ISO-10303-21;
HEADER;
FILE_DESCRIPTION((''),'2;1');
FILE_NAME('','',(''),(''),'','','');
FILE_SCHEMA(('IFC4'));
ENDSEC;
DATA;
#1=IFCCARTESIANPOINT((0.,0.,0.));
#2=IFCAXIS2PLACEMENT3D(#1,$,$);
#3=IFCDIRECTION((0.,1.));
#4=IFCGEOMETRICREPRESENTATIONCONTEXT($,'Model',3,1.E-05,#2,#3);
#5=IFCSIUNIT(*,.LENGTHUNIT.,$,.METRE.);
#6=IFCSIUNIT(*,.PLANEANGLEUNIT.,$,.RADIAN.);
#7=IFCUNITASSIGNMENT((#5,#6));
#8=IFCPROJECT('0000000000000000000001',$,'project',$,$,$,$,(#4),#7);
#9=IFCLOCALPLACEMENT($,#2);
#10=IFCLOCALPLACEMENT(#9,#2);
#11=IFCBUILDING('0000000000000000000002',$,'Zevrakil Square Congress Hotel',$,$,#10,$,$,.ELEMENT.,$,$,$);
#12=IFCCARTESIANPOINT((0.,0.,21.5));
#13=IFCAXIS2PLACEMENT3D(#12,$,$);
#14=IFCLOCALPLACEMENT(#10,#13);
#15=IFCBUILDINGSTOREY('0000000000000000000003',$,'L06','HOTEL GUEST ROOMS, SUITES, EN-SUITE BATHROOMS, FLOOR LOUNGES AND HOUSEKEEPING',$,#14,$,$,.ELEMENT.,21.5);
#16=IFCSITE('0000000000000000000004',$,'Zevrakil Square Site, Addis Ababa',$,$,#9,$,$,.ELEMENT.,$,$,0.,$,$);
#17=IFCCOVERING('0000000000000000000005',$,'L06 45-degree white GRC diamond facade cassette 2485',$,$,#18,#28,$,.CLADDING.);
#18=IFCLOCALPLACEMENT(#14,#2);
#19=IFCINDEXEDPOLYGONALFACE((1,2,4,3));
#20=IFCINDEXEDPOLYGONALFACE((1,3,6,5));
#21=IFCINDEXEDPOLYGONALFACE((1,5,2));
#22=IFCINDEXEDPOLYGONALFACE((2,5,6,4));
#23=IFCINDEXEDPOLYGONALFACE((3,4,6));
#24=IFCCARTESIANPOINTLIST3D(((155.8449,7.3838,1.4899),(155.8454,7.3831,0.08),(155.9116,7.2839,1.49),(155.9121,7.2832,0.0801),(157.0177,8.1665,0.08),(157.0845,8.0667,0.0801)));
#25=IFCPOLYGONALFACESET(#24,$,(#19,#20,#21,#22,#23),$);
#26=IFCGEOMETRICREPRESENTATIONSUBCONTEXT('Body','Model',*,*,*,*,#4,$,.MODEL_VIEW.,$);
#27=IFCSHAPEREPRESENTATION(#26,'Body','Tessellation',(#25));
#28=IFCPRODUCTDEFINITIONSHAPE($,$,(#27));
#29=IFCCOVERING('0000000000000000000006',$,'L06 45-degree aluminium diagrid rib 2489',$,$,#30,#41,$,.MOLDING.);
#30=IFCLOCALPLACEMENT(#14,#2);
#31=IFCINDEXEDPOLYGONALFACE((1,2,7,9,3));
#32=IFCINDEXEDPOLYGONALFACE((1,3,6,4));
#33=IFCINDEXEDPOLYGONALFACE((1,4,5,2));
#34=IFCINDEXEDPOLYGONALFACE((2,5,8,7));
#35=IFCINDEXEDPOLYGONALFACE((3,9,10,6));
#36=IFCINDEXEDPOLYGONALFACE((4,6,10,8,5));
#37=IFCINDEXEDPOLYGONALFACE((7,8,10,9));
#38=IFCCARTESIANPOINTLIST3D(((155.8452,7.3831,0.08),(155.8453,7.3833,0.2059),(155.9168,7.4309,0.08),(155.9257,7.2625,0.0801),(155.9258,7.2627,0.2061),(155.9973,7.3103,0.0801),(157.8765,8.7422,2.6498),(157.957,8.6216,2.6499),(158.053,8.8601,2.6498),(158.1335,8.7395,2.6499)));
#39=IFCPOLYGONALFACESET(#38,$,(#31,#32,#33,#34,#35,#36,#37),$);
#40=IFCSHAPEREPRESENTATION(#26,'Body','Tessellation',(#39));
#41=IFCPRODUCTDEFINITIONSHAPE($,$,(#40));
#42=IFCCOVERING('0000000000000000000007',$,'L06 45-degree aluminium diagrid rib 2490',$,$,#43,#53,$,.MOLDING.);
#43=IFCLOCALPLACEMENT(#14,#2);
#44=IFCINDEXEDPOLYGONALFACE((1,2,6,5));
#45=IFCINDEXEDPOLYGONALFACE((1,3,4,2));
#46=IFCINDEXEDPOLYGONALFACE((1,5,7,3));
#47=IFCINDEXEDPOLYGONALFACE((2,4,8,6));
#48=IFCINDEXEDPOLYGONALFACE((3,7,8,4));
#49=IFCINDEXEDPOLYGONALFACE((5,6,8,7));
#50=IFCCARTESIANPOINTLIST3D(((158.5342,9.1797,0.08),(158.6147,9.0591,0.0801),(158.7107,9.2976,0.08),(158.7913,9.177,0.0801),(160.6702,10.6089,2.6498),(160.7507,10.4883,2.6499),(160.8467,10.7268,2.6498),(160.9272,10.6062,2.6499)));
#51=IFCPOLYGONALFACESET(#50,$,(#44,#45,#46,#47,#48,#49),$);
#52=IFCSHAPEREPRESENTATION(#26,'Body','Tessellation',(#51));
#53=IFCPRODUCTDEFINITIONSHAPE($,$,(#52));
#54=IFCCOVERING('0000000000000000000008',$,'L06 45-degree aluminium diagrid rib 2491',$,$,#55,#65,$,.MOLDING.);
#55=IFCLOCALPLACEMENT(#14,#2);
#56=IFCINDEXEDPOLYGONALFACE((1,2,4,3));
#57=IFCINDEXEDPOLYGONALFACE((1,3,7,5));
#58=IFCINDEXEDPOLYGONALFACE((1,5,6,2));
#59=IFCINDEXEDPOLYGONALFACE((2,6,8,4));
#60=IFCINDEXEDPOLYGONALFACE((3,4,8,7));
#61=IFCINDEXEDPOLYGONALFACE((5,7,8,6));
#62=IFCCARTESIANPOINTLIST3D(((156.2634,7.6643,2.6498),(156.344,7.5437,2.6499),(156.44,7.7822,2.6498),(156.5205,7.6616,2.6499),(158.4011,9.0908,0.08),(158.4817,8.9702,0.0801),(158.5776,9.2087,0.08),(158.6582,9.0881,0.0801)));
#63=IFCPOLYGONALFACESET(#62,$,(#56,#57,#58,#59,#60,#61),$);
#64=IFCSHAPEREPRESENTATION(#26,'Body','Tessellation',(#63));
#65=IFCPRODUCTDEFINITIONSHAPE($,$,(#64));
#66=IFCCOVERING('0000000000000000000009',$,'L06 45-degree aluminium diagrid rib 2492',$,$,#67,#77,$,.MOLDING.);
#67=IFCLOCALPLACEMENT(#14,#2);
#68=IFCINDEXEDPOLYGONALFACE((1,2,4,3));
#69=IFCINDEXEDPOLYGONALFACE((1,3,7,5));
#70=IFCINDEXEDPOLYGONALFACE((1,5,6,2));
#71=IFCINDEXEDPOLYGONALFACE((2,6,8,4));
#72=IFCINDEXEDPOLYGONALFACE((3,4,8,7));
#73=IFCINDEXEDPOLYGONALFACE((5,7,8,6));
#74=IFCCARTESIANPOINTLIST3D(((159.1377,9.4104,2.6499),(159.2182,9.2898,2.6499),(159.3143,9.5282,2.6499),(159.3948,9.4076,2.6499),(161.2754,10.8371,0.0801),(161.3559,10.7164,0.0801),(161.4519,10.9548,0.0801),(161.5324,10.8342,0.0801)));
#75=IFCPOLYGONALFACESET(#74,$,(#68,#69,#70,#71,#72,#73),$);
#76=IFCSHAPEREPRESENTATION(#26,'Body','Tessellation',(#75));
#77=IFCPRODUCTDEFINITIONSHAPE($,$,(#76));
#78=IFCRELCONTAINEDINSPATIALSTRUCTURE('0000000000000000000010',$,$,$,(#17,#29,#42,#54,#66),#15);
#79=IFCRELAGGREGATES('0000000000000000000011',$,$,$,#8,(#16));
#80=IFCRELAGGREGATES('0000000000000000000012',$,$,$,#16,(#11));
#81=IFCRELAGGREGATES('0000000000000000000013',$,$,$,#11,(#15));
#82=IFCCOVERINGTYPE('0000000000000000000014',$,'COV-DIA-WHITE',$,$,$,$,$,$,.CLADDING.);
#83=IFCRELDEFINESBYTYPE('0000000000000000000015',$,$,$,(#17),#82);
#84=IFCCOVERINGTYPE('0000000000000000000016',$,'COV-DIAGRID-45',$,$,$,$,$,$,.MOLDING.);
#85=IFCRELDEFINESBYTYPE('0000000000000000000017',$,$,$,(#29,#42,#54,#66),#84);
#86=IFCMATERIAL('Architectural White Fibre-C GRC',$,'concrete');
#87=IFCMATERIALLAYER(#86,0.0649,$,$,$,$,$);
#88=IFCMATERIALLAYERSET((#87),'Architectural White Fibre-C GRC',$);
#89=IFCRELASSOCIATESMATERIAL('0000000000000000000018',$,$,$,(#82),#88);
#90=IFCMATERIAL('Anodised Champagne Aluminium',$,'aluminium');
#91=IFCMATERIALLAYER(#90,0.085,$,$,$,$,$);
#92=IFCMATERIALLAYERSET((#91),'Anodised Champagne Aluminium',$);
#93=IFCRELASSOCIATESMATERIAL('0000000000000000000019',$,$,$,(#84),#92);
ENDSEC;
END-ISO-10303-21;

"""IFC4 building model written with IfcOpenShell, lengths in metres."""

from ifc_helpers import new_model, si_unit, direction, frame, origin, place, context, subcontext, project, spatial, polyline, outline, extrude, material, layer, layer_set, type_object, element, save


model = new_model("IFC4")

# Units and contexts
model_context = context("Model", 3, precision=1e-05, world=origin(), true_north=direction((0.0, 1.0)))
body_context = subcontext(model_context, "Body", "Model", "MODEL_VIEW")
ifc_project = project(units=[si_unit("LENGTHUNIT", "METRE"), si_unit("PLANEANGLEUNIT", "RADIAN")], contexts=[model_context])

# Site, building, storey
site_placement = place(None, origin())
site = spatial("IfcSite", under=ifc_project, at=site_placement, Name="Zevrakil Square Site, Addis Ababa", CompositionType="ELEMENT", RefElevation=0.0)
building_placement = place(site_placement, origin())
building = spatial("IfcBuilding", under=site, at=building_placement, Name="Zevrakil Square Congress Hotel", CompositionType="ELEMENT")
storey_placement = place(building_placement, frame((0.0, 0.0, 21.5)))
storey = spatial("IfcBuildingStorey", under=building, at=storey_placement, Name="L06", Description="HOTEL GUEST ROOMS, SUITES, EN-SUITE BATHROOMS, FLOOR LOUNGES AND HOUSEKEEPING", CompositionType="ELEMENT", Elevation=21.5)

# Coverings
ifc_material_1 = material(Name="Architectural White Fibre-C GRC", Category="concrete")
ifc_layer_1 = layer(ifc_material_1, 0.0649)
ifc_layer_set_1 = layer_set([ifc_layer_1], Name="Architectural White Fibre-C GRC")
covering_type_1 = type_object("IfcCoveringType", Name="COV-DIA-WHITE", PredefinedType="CLADDING", material=ifc_layer_set_1)
covering_1_placement = place(storey_placement, frame((157.0845, 8.0667, 0.0801), z_axis=(0.555619, -0.831437, 0.000624), x_axis=(-0.831437, -0.555619, 0.0)))
element("IfcCovering", 1, at=covering_1_placement, inside=storey, type_object=covering_type_1, Name="L06 45-degree white GRC diamond facade cassette 2485", PredefinedType="CLADDING", context=body_context, shape_type="SweptSolid", body=[
    extrude(outline(polyline([(0.0, 0.0), (1.41, 0.0), (1.41, -1.4099), (0.0, 0.0)])), origin(), (0.0, 0.0, -1.0), 0.1201),
])
ifc_material_2 = material(Name="Anodised Champagne Aluminium", Category="aluminium")
ifc_layer_2 = layer(ifc_material_2, 0.085)
ifc_layer_set_2 = layer_set([ifc_layer_2], Name="Anodised Champagne Aluminium")
covering_type_2 = type_object("IfcCoveringType", Name="COV-DIAGRID-45", PredefinedType="MOLDING", material=ifc_layer_set_2)
covering_2_placement = place(storey_placement, frame((155.9973, 7.3103, 0.0801), z_axis=(0.555372, -0.831601, 0.000828), x_axis=(-0.831602, -0.555373, -0.000001)))
element("IfcCovering", 2, at=covering_2_placement, inside=storey, type_object=covering_type_2, Name="L06 45-degree aluminium diagrid rib 2489", PredefinedType="MOLDING", context=body_context, shape_type="SweptSolid", body=[
    extrude(outline(polyline([(0.0, 0.0), (0.0861, 0.0), (0.0859, -0.126), (-2.358, -2.5698), (-2.5702, -2.5698), (0.0, 0.0)])), origin(), (0.0, 0.0, -1.0), 0.145),
])
covering_3_placement = place(storey_placement, frame((158.7913, 9.177, 0.0801), z_axis=(0.555496, -0.831519, 0.000729), x_axis=(-0.831519, -0.555496, 0.0)))
element("IfcCovering", 3, at=covering_3_placement, inside=storey, type_object=covering_type_2, Name="L06 45-degree aluminium diagrid rib 2490", PredefinedType="MOLDING", context=body_context, shape_type="SweptSolid", body=[
    extrude(outline(polyline([(0.0, 0.0), (0.2123, 0.0), (-2.3577, -2.5698), (-2.57, -2.5698), (0.0, 0.0)])), origin(), (0.0, 0.0, -1.0), 0.145),
])
covering_4_placement = place(storey_placement, frame((156.344, 7.5437, 2.6499), z_axis=(0.555496, -0.831519, 0.000509), x_axis=(0.831519, 0.555496, 0.0)))
element("IfcCovering", 4, at=covering_4_placement, inside=storey, type_object=covering_type_2, Name="L06 45-degree aluminium diagrid rib 2491", PredefinedType="MOLDING", context=body_context, shape_type="SweptSolid", body=[
    extrude(outline(polyline([(0.0, 0.0), (0.2123, 0.0), (2.7822, -2.5698), (2.57, -2.5698), (0.0, 0.0)])), origin(), (0.0, 0.0, -1.0), 0.145),
])
covering_5_placement = place(storey_placement, frame((159.1377, 9.4104, 2.6499), z_axis=(-0.555098, 0.831785, 0.000009), x_axis=(0.831785, 0.555098, 0.0)))
element("IfcCovering", 5, at=covering_5_placement, inside=storey, type_object=covering_type_2, Name="L06 45-degree aluminium diagrid rib 2492", PredefinedType="MOLDING", context=body_context, shape_type="SweptSolid", body=[
    extrude(outline(polyline([(0.0, 0.0), (0.2123, 0.0), (2.7822, 2.5698), (2.5701, 2.5698), (0.0, 0.0)])), origin(), (0.0, 0.0, -1.0), 0.145),
])

save(model, "model.ifc")
